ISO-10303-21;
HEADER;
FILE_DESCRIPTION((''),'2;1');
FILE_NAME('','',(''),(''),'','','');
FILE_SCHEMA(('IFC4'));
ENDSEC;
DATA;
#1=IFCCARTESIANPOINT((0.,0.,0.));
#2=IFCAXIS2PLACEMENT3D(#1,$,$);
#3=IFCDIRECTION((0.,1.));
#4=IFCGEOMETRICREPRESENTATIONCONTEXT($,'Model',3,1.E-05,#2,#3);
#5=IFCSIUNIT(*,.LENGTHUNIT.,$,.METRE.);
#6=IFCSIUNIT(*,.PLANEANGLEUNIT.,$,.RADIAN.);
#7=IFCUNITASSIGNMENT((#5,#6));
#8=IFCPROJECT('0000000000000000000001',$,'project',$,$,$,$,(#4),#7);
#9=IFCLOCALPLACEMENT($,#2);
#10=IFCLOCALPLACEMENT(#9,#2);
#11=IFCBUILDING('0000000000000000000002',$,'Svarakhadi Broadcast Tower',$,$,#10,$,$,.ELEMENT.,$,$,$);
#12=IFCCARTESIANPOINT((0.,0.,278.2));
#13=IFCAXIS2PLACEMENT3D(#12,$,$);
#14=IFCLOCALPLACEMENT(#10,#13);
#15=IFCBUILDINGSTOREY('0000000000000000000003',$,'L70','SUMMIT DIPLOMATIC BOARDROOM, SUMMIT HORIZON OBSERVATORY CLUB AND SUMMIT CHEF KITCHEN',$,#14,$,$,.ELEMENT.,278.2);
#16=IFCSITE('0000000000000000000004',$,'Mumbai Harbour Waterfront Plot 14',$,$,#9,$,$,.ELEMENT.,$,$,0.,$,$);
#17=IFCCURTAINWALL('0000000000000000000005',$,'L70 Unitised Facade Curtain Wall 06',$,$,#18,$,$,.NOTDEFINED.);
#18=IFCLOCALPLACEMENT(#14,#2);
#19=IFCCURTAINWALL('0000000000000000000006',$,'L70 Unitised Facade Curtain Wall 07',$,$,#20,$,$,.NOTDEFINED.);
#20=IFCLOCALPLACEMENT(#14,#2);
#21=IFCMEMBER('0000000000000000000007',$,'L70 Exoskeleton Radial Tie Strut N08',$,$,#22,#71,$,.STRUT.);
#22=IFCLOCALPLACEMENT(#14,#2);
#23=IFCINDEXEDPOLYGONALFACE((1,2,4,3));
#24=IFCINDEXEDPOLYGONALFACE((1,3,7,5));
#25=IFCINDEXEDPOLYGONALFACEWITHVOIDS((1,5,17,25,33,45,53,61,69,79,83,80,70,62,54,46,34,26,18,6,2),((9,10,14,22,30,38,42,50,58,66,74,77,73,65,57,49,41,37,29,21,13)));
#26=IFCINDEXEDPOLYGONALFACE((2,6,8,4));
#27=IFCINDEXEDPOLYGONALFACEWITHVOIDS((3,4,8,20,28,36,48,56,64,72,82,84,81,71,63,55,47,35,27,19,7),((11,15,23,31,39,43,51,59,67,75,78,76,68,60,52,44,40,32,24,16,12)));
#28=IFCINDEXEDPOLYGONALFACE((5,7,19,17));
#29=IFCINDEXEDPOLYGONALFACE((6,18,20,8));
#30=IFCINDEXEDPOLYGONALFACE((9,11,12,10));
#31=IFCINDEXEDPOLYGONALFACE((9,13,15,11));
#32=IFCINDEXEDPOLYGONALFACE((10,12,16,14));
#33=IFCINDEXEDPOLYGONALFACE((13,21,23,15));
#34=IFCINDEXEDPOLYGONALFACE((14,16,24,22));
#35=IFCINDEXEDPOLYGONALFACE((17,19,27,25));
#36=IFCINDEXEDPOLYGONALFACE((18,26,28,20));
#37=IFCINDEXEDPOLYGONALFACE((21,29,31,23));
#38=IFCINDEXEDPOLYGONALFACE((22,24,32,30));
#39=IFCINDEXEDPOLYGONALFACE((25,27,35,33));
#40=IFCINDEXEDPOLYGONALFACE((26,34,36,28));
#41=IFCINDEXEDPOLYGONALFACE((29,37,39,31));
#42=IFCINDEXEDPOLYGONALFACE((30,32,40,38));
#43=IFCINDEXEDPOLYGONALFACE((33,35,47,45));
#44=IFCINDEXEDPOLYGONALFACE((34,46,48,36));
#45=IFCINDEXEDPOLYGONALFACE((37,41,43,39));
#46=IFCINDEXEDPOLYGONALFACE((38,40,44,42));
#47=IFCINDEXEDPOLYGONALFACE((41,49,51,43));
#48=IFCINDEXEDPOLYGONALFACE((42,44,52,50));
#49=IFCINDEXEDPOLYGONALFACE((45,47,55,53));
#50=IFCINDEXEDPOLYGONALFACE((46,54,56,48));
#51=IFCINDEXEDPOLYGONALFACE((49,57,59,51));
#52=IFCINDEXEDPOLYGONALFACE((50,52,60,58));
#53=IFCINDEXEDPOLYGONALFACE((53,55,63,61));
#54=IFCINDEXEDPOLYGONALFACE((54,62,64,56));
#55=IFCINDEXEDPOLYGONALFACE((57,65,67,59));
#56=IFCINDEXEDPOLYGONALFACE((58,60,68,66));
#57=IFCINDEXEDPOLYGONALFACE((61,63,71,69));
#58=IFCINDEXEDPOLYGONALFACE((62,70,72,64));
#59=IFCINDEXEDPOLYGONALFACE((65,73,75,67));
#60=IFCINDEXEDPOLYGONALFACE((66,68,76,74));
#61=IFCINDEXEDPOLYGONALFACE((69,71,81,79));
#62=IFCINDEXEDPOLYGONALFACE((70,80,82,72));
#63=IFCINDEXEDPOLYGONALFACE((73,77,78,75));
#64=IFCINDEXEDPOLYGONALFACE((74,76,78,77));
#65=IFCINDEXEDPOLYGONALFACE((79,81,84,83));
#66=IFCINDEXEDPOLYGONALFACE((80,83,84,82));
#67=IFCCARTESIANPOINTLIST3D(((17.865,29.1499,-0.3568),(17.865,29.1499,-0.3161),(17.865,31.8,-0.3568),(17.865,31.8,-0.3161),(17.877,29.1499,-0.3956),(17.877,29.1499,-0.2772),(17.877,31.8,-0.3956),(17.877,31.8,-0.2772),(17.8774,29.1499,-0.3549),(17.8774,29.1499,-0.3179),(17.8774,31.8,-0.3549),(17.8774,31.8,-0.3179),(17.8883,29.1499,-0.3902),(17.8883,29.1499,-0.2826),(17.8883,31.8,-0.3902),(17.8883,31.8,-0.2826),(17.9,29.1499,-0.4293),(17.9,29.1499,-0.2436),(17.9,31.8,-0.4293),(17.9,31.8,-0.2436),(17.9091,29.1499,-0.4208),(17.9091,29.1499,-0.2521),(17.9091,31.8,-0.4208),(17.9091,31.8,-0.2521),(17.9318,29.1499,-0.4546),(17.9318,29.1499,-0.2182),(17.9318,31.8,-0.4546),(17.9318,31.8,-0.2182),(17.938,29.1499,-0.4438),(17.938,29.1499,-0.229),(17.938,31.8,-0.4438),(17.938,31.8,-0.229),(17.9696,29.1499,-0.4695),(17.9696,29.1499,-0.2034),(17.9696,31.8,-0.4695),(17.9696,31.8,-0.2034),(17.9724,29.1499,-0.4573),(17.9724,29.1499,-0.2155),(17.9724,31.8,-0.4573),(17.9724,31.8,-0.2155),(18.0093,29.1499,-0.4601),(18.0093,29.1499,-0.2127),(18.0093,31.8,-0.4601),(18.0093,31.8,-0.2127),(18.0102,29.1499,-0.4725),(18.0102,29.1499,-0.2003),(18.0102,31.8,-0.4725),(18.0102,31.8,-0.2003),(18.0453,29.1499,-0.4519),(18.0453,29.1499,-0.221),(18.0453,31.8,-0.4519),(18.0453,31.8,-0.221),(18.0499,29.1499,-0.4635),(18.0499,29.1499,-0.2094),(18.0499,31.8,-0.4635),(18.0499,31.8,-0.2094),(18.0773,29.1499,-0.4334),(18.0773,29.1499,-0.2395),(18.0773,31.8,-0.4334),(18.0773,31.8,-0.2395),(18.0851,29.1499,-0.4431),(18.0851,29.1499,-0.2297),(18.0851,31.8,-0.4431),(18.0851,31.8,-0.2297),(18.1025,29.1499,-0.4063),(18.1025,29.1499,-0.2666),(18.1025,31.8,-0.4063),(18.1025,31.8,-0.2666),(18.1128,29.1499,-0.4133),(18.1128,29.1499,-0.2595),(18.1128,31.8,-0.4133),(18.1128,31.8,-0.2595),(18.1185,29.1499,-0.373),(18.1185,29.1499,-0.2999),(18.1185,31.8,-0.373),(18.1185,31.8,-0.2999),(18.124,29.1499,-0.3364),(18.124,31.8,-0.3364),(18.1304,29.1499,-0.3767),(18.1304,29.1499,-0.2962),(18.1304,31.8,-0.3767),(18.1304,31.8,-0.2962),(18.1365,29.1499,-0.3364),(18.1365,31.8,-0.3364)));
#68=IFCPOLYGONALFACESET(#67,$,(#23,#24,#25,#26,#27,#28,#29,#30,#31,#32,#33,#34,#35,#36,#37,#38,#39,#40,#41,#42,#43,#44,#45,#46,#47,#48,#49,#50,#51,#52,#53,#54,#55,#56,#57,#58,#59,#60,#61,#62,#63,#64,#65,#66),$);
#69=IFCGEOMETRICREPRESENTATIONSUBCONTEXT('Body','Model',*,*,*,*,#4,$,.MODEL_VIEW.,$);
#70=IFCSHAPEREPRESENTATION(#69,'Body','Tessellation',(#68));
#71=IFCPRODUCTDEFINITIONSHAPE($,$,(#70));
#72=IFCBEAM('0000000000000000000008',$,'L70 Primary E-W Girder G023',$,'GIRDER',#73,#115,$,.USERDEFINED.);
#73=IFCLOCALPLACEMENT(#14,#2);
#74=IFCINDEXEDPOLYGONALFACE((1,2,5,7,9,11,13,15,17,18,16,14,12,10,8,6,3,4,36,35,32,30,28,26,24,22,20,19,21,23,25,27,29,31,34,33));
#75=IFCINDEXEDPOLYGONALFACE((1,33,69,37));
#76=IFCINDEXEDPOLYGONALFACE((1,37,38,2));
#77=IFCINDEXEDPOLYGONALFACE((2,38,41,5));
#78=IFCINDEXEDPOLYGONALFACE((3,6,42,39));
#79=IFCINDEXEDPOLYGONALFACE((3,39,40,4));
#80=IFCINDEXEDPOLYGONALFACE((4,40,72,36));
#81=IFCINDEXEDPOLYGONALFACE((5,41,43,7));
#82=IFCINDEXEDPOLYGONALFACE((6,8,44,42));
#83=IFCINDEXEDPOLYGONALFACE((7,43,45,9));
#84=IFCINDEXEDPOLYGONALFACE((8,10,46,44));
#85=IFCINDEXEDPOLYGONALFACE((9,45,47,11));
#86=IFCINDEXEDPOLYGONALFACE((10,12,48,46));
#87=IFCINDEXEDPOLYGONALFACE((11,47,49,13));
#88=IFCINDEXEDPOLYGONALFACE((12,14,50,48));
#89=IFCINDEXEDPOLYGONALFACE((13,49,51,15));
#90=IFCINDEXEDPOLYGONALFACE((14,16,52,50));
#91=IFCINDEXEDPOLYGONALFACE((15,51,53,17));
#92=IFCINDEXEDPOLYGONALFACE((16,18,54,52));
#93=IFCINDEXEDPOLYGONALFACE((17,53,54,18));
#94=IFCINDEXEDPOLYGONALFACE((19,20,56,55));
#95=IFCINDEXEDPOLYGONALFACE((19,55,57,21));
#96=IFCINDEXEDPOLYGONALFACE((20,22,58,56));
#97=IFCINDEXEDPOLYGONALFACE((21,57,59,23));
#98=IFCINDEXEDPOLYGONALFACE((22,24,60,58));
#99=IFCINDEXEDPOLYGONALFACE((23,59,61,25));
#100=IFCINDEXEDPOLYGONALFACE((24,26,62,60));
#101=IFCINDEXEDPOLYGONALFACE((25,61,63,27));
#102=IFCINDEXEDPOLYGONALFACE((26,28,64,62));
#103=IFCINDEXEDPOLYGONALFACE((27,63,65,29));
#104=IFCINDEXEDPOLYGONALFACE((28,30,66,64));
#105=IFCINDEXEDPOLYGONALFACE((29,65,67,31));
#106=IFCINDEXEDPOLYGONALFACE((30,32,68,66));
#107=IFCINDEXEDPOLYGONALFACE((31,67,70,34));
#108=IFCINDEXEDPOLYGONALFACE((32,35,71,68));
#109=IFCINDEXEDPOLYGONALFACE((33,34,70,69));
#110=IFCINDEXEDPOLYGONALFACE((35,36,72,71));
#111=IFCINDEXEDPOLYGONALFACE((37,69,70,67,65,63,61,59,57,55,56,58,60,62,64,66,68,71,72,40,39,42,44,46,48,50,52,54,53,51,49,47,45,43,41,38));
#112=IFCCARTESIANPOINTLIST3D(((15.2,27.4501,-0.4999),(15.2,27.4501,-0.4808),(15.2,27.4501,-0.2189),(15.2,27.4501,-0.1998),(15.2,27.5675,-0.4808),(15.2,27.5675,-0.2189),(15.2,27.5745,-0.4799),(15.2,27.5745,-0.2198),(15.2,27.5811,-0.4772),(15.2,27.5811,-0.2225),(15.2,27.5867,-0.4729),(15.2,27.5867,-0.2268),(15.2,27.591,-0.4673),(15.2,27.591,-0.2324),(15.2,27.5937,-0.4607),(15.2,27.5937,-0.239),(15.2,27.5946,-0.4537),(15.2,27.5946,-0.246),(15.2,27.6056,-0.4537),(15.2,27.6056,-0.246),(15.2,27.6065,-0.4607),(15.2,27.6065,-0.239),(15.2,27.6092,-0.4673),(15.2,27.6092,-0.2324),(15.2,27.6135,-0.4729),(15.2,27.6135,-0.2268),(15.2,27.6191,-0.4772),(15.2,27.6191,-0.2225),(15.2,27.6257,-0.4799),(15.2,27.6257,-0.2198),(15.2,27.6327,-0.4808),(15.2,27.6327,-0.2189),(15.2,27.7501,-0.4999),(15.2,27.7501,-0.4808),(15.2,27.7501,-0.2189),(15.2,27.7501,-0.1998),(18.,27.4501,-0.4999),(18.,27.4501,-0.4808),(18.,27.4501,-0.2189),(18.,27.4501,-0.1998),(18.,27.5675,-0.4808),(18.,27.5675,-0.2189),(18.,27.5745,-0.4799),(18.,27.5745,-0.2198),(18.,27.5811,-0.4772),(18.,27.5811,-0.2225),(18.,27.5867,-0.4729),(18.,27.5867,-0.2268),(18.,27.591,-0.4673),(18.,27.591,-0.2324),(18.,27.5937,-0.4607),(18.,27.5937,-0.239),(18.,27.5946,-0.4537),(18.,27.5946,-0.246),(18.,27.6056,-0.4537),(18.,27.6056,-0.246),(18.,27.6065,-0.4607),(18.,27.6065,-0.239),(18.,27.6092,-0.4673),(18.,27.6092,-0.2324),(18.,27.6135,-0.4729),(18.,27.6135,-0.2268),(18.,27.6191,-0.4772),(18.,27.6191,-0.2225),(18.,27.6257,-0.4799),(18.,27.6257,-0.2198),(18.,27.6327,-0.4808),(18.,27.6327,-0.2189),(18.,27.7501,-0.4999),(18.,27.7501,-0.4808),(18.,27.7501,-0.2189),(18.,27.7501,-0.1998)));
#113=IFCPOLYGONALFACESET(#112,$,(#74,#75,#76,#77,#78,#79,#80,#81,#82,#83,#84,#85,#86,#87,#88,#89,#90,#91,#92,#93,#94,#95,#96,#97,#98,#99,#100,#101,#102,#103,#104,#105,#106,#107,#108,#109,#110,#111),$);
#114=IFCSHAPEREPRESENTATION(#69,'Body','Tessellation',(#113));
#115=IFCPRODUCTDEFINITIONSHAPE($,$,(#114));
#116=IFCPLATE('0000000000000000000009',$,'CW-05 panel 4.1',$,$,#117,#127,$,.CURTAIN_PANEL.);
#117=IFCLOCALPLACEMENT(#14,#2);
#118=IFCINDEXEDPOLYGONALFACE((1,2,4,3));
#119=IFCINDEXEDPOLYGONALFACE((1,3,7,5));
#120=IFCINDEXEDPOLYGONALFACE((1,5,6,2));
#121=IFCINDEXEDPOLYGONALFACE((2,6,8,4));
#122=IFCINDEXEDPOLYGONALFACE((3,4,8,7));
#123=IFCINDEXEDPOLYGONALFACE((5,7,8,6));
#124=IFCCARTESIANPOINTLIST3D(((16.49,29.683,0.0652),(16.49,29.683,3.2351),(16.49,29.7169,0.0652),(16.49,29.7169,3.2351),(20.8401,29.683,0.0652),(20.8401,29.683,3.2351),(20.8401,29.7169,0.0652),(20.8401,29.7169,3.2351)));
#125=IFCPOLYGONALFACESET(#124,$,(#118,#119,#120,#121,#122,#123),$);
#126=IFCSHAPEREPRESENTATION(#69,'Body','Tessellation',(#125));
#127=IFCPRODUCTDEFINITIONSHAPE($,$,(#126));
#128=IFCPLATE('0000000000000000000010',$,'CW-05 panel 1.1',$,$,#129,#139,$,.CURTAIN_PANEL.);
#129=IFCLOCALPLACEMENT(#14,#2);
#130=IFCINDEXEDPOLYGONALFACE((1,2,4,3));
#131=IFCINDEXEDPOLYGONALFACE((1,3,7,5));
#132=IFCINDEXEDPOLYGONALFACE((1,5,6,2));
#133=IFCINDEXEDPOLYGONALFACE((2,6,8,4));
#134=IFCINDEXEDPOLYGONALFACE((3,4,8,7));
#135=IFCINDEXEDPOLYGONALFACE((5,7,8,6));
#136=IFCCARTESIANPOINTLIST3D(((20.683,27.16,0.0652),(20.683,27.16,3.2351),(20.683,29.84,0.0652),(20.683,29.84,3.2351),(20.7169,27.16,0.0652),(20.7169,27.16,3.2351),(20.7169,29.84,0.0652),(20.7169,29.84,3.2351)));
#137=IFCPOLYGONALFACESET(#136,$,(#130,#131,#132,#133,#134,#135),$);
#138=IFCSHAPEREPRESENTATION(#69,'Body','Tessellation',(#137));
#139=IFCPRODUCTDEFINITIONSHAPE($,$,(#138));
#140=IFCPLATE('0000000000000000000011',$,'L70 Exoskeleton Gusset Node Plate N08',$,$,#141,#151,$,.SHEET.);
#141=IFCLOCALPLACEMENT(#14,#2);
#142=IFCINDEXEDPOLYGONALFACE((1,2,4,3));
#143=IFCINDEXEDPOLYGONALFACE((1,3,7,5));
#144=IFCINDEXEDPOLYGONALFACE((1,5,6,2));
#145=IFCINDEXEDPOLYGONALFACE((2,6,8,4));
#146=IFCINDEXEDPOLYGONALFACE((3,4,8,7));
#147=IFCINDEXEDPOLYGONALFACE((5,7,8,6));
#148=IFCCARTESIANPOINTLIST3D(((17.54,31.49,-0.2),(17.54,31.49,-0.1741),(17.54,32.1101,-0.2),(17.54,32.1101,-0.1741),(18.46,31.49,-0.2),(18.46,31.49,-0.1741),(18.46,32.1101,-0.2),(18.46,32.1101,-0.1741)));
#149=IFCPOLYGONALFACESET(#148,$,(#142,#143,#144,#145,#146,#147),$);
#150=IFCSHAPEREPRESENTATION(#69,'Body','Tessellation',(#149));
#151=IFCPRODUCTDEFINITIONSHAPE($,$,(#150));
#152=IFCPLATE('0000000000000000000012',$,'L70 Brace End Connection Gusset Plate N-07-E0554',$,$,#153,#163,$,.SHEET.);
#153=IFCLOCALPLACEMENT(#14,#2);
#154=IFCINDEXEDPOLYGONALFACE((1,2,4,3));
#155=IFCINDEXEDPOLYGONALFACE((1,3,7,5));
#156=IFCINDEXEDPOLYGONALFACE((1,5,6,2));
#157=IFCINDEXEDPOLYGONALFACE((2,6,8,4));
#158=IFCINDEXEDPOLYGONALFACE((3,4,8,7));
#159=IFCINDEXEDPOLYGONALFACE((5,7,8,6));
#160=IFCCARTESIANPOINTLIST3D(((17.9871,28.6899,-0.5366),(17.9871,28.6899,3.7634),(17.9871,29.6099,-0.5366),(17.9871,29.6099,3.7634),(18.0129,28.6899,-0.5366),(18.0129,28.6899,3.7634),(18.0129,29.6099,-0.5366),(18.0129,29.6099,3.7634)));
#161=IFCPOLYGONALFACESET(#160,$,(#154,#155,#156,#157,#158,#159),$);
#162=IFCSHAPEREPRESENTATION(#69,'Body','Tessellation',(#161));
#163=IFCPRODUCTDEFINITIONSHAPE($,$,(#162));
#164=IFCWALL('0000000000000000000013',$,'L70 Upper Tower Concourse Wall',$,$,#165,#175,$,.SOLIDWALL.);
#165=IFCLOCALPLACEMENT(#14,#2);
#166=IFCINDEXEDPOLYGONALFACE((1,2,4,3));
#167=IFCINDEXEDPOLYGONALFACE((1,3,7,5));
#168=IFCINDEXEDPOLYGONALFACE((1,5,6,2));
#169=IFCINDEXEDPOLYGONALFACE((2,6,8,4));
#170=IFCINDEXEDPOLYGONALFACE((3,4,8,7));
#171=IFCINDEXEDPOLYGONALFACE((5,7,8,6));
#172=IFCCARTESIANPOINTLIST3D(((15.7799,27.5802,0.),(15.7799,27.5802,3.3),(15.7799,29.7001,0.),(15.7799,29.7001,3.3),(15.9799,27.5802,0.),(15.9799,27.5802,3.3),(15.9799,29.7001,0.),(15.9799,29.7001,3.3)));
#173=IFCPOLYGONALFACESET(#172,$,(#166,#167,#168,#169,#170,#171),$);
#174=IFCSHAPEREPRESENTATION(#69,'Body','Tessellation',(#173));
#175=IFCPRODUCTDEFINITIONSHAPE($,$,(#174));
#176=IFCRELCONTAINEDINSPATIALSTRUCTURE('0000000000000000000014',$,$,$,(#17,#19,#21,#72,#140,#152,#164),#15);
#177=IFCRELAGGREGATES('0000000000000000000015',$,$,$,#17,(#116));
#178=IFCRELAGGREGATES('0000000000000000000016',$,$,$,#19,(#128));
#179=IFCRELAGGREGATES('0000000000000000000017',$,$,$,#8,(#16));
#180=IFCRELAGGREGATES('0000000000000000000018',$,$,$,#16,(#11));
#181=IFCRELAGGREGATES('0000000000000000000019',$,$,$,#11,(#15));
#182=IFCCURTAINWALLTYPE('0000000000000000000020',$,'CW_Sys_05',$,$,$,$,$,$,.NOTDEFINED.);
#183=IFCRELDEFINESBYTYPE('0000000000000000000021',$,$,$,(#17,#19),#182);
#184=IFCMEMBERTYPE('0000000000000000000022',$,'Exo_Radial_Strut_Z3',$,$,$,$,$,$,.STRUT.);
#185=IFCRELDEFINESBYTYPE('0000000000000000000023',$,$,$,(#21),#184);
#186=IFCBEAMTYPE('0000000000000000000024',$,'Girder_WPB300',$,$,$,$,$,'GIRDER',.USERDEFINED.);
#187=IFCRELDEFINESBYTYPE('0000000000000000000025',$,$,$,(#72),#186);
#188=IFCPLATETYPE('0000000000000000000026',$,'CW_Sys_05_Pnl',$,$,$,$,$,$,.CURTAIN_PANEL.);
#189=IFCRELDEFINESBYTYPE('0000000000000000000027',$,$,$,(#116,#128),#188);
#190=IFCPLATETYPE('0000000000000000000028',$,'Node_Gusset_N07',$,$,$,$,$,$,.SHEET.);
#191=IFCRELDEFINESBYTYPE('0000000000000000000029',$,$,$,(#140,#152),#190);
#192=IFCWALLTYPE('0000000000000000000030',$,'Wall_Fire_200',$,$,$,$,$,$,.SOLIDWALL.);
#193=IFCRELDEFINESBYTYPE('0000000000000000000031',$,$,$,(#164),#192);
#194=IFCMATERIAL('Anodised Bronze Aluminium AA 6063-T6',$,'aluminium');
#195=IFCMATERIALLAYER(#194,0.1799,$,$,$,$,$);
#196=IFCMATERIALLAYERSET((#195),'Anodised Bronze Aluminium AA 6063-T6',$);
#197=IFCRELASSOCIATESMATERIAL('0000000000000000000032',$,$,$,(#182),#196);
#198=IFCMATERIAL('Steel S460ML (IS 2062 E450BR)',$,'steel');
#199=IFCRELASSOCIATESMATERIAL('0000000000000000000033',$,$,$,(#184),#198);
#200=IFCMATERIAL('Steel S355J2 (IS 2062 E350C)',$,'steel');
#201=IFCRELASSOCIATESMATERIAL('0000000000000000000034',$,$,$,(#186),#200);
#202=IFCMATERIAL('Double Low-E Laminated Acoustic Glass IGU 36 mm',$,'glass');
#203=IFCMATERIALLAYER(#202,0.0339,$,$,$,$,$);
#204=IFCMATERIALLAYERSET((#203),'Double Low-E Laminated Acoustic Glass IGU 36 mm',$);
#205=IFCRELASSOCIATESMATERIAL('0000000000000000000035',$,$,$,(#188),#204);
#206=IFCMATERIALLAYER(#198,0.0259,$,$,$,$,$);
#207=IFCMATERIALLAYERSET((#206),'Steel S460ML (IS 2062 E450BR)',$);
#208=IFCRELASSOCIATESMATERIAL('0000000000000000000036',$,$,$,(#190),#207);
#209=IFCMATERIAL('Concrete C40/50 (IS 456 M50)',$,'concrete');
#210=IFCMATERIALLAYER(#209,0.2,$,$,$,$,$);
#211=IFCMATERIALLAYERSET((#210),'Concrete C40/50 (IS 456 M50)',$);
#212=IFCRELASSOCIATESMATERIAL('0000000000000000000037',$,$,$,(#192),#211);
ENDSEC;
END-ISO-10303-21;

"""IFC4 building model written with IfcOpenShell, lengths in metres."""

from ifc_helpers import new_model, si_unit, direction, frame, frame_2d, origin, origin_2d, place, context, subcontext, project, spatial, rectangle, hollow_circle, i_section, extrude, material, layer, layer_set, material_profile, profile_set, type_object, element, aggregate, save


model = new_model("IFC4")

# Units and contexts
model_context = context("Model", 3, precision=1e-05, world=origin(), true_north=direction((0.0, 1.0)))
body_context = subcontext(model_context, "Body", "Model", "MODEL_VIEW")
ifc_project = project(units=[si_unit("LENGTHUNIT", "METRE"), si_unit("PLANEANGLEUNIT", "RADIAN")], contexts=[model_context])

# Site, building, storey
site_placement = place(None, origin())
site = spatial("IfcSite", under=ifc_project, at=site_placement, Name="Mumbai Harbour Waterfront Plot 14", CompositionType="ELEMENT", RefElevation=0.0)
building_placement = place(site_placement, origin())
building = spatial("IfcBuilding", under=site, at=building_placement, Name="Svarakhadi Broadcast Tower", CompositionType="ELEMENT")
storey_placement = place(building_placement, frame((0.0, 0.0, 278.2)))
storey = spatial("IfcBuildingStorey", under=building, at=storey_placement, Name="L70", Description="SUMMIT DIPLOMATIC BOARDROOM, SUMMIT HORIZON OBSERVATORY CLUB AND SUMMIT CHEF KITCHEN", CompositionType="ELEMENT", Elevation=278.2)

# Shared definitions
ifc_material_1 = material(Name="Steel S460ML (IS 2062 E450BR)", Category="steel")

# Curtain walls
ifc_material_2 = material(Name="Anodised Bronze Aluminium AA 6063-T6", Category="aluminium")
ifc_layer_1 = layer(ifc_material_2, 0.1799)
ifc_layer_set_1 = layer_set([ifc_layer_1], Name="Anodised Bronze Aluminium AA 6063-T6")
curtain_wall_type = type_object("IfcCurtainWallType", Name="CW_Sys_05", PredefinedType="NOTDEFINED", material=ifc_layer_set_1)
curtain_wall_1_placement = place(storey_placement, origin())
curtain_wall_1 = element("IfcCurtainWall", 1, at=curtain_wall_1_placement, inside=storey, type_object=curtain_wall_type, Name="L70 Unitised Facade Curtain Wall 06", PredefinedType="NOTDEFINED")
curtain_wall_2_placement = place(storey_placement, origin())
curtain_wall_2 = element("IfcCurtainWall", 2, at=curtain_wall_2_placement, inside=storey, type_object=curtain_wall_type, Name="L70 Unitised Facade Curtain Wall 07", PredefinedType="NOTDEFINED")

# Member
ifc_material_profile_1 = material_profile(ifc_material_1, hollow_circle(Radius=0.1365, WallThickness=0.0125, at=origin_2d()), Name="CHS 273x12.5")
ifc_profile_set_1 = profile_set([ifc_material_profile_1], Name="Steel S460ML (IS 2062 E450BR)")
member_type_1 = type_object("IfcMemberType", Name="Exo_Radial_Strut_Z3", PredefinedType="STRUT", material=ifc_profile_set_1)
member_1_placement = place(storey_placement, frame((18.0, 31.8, -0.3364), z_axis=(0.0, -1.0, 0.0), x_axis=(1.0, 0.0, 0.0)))
element("IfcMember", 3, at=member_1_placement, inside=storey, type_object=member_type_1, Name="L70 Exoskeleton Radial Tie Strut N08", PredefinedType="STRUT", context=body_context, shape_type="SweptSolid", body=[
    extrude(hollow_circle(Radius=0.1365, WallThickness=0.0125, at=origin_2d()), origin(), (0.0, 0.0, 1.0), 2.6501),
])

# Beam
ifc_material_3 = material(Name="Steel S355J2 (IS 2062 E350C)", Category="steel")
ifc_material_profile_2 = material_profile(ifc_material_3, i_section(OverallWidth=0.3, OverallDepth=0.3, WebThickness=0.011, FlangeThickness=0.019, FilletRadius=0.0271, at=origin_2d()), Name="WPB 300x300x117")
ifc_profile_set_2 = profile_set([ifc_material_profile_2], Name="Steel S355J2 (IS 2062 E350C)")
beam_type = type_object("IfcBeamType", Name="Girder_WPB300", ElementType="GIRDER", PredefinedType="USERDEFINED", material=ifc_profile_set_2)
beam_placement = place(storey_placement, frame((15.2, 27.6001, -0.3499), z_axis=(1.0, 0.0, 0.0), x_axis=(0.0, 1.0, 0.0)))
element("IfcBeam", 4, at=beam_placement, inside=storey, type_object=beam_type, Name="L70 Primary E-W Girder G023", ObjectType="GIRDER", PredefinedType="USERDEFINED", context=body_context, shape_type="SweptSolid", body=[
    extrude(i_section(OverallWidth=0.3, OverallDepth=0.3, WebThickness=0.011, FlangeThickness=0.019, FilletRadius=0.0271, at=origin_2d()), origin(), (0.0, 0.0, 1.0), 2.8),
])

# Plates
ifc_material_4 = material(Name="Double Low-E Laminated Acoustic Glass IGU 36 mm", Category="glass")
ifc_layer_2 = layer(ifc_material_4, 0.0339)
ifc_layer_set_2 = layer_set([ifc_layer_2], Name="Double Low-E Laminated Acoustic Glass IGU 36 mm")
plate_type_1 = type_object("IfcPlateType", Name="CW_Sys_05_Pnl", PredefinedType="CURTAIN_PANEL", material=ifc_layer_set_2)
plate_1_placement = place(storey_placement, frame((18.665, 29.7, 0.0652), z_axis=(0.0, 0.0, 1.0), x_axis=(1.0, 0.0, 0.0)))
plate_1 = element("IfcPlate", 5, at=plate_1_placement, type_object=plate_type_1, Name="CW-05 panel 4.1", PredefinedType="CURTAIN_PANEL", context=body_context, shape_type="SweptSolid", body=[
    extrude(rectangle(XDim=4.3501, YDim=0.0339, at=origin_2d()), origin(), (0.0, 0.0, 1.0), 3.1699),
])
aggregate(curtain_wall_1, [plate_1])
plate_2_placement = place(storey_placement, frame((20.7, 28.5, 0.0652), z_axis=(0.0, 0.0, 1.0), x_axis=(0.0, -1.0, 0.0)))
plate_2 = element("IfcPlate", 6, at=plate_2_placement, type_object=plate_type_1, Name="CW-05 panel 1.1", PredefinedType="CURTAIN_PANEL", context=body_context, shape_type="SweptSolid", body=[
    extrude(rectangle(XDim=2.6799, YDim=0.0339, at=origin_2d()), origin(), (0.0, 0.0, 1.0), 3.1699),
])
aggregate(curtain_wall_2, [plate_2])

# Plates
ifc_layer_3 = layer(ifc_material_1, 0.0259)
ifc_layer_set_3 = layer_set([ifc_layer_3], Name="Steel S460ML (IS 2062 E450BR)")
plate_type_2 = type_object("IfcPlateType", Name="Node_Gusset_N07", PredefinedType="SHEET", material=ifc_layer_set_3)
plate_3_placement = place(storey_placement, frame((18.0, 31.8, -0.2), z_axis=(0.0, 0.0, 1.0), x_axis=(1.0, 0.0, 0.0)))
element("IfcPlate", 7, at=plate_3_placement, inside=storey, type_object=plate_type_2, Name="L70 Exoskeleton Gusset Node Plate N08", PredefinedType="SHEET", context=body_context, shape_type="SweptSolid", body=[
    extrude(rectangle(XDim=0.9199, YDim=0.6201, at=origin_2d()), origin(), (0.0, 0.0, 1.0), 0.0259),
])
plate_4_placement = place(storey_placement, frame((18.0, 29.1499, -0.5366), z_axis=(0.0, 0.0, 1.0), x_axis=(0.0, 1.0, 0.0)))
element("IfcPlate", 8, at=plate_4_placement, inside=storey, type_object=plate_type_2, Name="L70 Brace End Connection Gusset Plate N-07-E0554", PredefinedType="SHEET", context=body_context, shape_type="SweptSolid", body=[
    extrude(rectangle(XDim=0.9199, YDim=0.0259, at=origin_2d()), origin(), (0.0, 0.0, 1.0), 4.3),
])

# Wall
ifc_material_5 = material(Name="Concrete C40/50 (IS 456 M50)", Category="concrete")
ifc_layer_4 = layer(ifc_material_5, 0.2)
ifc_layer_set_4 = layer_set([ifc_layer_4], Name="Concrete C40/50 (IS 456 M50)")
wall_type = type_object("IfcWallType", Name="Wall_Fire_200", PredefinedType="SOLIDWALL", material=ifc_layer_set_4)
wall_1_placement = place(storey_placement, frame((15.8799, 27.5801, 0.0), z_axis=(0.0, 0.0, 1.0), x_axis=(0.0, 1.0, 0.0)))
element("IfcWall", 9, at=wall_1_placement, inside=storey, type_object=wall_type, Name="L70 Upper Tower Concourse Wall", PredefinedType="SOLIDWALL", context=body_context, shape_type="SweptSolid", body=[
    extrude(rectangle(XDim=2.1199, YDim=0.2, at=frame_2d((1.0601, 0.0))), origin(), (0.0, 0.0, 1.0), 3.3),
])

save(model, "model.ifc")
